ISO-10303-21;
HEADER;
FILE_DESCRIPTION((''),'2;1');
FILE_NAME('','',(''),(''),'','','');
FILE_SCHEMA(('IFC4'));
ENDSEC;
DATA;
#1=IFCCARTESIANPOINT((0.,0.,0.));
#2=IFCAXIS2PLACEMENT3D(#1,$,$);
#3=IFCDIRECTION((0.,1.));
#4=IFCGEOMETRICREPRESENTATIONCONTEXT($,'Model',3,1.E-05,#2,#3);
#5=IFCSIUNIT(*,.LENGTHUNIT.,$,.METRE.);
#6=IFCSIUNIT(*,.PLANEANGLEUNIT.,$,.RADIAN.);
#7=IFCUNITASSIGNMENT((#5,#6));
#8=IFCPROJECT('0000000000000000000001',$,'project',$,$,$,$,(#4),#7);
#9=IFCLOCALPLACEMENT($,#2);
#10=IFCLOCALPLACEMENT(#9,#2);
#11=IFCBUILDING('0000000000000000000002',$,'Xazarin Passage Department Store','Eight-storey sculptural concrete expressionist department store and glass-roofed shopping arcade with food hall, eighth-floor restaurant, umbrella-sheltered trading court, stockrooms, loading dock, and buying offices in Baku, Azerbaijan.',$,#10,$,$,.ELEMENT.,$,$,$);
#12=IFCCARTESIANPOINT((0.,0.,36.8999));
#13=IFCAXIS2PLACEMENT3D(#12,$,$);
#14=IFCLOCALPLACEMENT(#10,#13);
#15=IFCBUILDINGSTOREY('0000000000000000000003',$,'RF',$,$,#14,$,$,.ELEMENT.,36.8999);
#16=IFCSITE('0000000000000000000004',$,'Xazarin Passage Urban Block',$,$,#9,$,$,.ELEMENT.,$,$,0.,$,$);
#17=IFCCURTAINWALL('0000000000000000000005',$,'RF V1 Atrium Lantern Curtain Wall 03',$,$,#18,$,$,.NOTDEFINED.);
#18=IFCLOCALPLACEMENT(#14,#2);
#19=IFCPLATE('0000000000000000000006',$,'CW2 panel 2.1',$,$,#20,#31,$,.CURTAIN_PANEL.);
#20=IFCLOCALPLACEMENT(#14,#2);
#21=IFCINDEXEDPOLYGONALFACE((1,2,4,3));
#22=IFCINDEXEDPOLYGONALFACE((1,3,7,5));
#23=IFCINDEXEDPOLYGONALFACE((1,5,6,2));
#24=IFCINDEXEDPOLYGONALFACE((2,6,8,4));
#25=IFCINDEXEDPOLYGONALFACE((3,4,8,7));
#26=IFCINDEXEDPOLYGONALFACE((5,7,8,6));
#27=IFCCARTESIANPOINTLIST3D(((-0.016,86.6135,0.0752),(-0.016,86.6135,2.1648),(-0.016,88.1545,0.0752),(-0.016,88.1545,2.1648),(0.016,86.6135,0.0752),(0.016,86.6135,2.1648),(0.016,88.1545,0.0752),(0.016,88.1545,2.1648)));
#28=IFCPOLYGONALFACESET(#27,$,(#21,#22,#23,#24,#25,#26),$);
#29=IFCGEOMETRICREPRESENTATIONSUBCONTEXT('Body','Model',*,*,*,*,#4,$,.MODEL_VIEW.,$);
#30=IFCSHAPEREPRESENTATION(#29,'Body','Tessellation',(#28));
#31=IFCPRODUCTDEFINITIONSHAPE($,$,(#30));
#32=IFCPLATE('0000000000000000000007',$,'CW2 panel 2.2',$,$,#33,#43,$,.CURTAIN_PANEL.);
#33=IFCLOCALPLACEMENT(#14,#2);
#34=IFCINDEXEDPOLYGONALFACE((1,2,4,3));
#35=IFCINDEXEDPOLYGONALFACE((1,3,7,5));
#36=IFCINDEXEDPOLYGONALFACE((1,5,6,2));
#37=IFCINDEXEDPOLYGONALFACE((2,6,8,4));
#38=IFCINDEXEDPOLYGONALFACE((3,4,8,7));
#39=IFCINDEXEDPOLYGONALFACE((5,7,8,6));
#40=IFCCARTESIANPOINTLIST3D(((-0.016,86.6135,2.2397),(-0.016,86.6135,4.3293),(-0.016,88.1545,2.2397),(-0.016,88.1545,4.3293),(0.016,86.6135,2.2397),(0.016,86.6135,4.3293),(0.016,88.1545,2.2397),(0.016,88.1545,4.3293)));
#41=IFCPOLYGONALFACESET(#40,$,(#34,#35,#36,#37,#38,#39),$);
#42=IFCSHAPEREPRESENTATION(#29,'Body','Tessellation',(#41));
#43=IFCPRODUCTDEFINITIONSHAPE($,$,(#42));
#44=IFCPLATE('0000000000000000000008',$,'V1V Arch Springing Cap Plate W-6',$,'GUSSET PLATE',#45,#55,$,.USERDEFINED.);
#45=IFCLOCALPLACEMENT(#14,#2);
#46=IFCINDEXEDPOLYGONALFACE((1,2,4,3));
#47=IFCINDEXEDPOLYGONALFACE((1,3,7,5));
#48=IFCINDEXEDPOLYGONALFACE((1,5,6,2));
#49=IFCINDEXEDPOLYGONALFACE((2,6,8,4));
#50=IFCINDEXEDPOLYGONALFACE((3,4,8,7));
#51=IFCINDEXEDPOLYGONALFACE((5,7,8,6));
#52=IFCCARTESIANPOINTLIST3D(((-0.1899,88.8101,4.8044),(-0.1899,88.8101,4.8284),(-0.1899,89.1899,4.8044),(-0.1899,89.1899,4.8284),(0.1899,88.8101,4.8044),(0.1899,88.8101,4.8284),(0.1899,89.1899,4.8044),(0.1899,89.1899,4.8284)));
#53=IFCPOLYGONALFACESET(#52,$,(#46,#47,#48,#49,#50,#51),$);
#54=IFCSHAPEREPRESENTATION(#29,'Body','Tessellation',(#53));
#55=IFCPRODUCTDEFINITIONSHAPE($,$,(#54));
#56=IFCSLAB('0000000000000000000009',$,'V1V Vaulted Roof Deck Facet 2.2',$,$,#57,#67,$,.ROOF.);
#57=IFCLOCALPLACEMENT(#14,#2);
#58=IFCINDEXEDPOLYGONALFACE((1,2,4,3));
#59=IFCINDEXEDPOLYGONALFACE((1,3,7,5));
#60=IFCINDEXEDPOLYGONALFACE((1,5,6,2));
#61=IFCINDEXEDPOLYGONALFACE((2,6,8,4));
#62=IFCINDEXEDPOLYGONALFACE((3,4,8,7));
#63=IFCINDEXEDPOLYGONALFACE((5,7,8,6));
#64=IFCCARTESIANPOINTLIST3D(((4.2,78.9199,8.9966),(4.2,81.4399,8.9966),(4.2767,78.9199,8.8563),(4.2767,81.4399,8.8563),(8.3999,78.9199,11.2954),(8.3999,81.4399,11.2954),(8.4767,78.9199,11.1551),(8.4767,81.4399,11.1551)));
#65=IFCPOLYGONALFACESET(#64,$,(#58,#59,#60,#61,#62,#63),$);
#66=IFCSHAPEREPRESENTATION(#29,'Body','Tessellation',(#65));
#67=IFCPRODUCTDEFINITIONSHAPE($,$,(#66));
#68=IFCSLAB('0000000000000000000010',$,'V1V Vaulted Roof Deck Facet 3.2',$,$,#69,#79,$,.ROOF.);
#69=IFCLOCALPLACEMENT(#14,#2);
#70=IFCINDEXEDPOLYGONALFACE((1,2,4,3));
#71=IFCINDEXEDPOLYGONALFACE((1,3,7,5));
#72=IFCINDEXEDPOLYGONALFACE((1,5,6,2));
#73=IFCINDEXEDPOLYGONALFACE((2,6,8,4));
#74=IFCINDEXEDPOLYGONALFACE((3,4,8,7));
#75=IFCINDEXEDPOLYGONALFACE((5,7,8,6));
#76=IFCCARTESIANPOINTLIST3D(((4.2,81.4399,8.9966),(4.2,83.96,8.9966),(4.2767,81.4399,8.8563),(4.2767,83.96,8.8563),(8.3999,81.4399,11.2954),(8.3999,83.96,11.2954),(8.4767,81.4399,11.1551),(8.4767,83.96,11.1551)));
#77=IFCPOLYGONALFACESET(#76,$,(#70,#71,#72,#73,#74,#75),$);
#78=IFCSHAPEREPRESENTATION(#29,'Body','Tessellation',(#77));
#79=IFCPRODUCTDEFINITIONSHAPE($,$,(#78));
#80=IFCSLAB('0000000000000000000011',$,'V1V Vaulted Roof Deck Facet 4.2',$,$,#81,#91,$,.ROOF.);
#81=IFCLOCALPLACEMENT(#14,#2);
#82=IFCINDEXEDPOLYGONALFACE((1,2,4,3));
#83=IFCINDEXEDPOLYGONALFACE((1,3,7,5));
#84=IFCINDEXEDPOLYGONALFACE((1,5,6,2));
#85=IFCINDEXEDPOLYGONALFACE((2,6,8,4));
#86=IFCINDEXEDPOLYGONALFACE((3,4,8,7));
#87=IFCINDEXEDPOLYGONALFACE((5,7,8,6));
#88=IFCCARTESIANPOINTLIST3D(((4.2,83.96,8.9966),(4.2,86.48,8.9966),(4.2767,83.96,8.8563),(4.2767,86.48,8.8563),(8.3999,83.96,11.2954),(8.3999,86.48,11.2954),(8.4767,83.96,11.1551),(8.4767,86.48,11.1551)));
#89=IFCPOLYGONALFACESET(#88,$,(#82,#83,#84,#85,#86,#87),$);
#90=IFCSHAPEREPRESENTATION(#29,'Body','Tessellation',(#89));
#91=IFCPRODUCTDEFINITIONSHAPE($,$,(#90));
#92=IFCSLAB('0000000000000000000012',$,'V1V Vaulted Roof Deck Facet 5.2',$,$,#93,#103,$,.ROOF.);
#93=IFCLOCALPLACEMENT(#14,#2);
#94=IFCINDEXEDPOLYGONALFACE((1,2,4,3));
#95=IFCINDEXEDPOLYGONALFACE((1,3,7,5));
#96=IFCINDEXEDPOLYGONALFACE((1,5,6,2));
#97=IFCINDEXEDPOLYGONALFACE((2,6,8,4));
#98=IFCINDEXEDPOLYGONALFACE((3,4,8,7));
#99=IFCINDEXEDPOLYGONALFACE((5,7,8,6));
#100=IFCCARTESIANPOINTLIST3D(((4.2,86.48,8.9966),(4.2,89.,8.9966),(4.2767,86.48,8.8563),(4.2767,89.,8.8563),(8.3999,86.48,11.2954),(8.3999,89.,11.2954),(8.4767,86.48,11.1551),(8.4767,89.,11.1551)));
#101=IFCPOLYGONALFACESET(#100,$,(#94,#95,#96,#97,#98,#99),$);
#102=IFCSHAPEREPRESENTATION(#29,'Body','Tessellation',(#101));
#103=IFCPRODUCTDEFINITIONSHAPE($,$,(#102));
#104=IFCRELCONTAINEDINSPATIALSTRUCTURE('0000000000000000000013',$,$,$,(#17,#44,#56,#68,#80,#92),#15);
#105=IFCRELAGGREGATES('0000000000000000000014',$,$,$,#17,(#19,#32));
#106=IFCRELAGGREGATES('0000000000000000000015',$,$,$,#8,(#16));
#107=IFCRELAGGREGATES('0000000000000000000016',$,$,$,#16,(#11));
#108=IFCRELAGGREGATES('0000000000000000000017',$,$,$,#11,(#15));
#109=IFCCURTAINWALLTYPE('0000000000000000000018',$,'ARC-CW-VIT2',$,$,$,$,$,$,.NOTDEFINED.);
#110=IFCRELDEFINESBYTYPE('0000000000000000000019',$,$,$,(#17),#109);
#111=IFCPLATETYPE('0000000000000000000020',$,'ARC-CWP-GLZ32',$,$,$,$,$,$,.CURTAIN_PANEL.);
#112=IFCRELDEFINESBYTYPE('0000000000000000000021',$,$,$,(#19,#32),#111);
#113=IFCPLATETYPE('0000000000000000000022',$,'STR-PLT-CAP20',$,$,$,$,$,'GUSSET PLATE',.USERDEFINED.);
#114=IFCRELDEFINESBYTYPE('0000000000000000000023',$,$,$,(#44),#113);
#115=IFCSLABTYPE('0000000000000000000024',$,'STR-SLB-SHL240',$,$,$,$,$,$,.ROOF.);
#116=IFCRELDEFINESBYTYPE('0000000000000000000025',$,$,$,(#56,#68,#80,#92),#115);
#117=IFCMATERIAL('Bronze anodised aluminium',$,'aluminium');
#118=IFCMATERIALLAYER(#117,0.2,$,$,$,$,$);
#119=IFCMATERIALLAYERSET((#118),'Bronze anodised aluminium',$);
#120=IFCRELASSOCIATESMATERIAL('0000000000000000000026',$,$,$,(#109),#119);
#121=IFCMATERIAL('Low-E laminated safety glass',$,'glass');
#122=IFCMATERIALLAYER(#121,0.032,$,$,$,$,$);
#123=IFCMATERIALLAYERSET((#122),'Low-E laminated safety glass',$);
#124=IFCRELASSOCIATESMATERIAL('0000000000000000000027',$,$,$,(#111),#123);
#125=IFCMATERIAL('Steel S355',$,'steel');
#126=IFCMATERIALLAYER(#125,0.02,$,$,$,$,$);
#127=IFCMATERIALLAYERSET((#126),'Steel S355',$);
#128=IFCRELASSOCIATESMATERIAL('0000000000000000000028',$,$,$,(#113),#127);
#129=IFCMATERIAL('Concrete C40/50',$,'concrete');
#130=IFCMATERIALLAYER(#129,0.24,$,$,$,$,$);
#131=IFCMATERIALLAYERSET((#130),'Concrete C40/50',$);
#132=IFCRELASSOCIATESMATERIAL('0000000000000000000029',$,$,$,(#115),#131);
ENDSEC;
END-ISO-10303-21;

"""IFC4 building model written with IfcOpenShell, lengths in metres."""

from ifc_helpers import new_model, si_unit, direction, frame, origin, origin_2d, place, context, subcontext, project, spatial, polyline, rectangle, outline, extrude, material, layer, layer_set, type_object, element, aggregate, save


model = new_model("IFC4")

# Units and contexts
model_context = context("Model", 3, precision=1e-05, world=origin(), true_north=direction((0.0, 1.0)))
body_context = subcontext(model_context, "Body", "Model", "MODEL_VIEW")
ifc_project = project(units=[si_unit("LENGTHUNIT", "METRE"), si_unit("PLANEANGLEUNIT", "RADIAN")], contexts=[model_context])

# Site, building, storey
site_placement = place(None, origin())
site = spatial("IfcSite", under=ifc_project, at=site_placement, Name="Xazarin Passage Urban Block", CompositionType="ELEMENT", RefElevation=0.0)
building_placement = place(site_placement, origin())
building = spatial("IfcBuilding", under=site, at=building_placement, Name="Xazarin Passage Department Store", Description="Eight-storey sculptural concrete expressionist department store and glass-roofed shopping arcade with food hall, eighth-floor restaurant, umbrella-sheltered trading court, stockrooms, loading dock, and buying offices in Baku, Azerbaijan.", CompositionType="ELEMENT")
storey_placement = place(building_placement, frame((0.0, 0.0, 36.8999)))
storey = spatial("IfcBuildingStorey", under=building, at=storey_placement, Name="RF", CompositionType="ELEMENT", Elevation=36.8999)

# Curtain wall
ifc_material_1 = material(Name="Bronze anodised aluminium", Category="aluminium")
ifc_layer_1 = layer(ifc_material_1, 0.2)
ifc_layer_set_1 = layer_set([ifc_layer_1], Name="Bronze anodised aluminium")
curtain_wall_type = type_object("IfcCurtainWallType", Name="ARC-CW-VIT2", PredefinedType="NOTDEFINED", material=ifc_layer_set_1)
curtain_wall_placement = place(storey_placement, origin())
curtain_wall = element("IfcCurtainWall", 1, at=curtain_wall_placement, inside=storey, type_object=curtain_wall_type, Name="RF V1 Atrium Lantern Curtain Wall 03", PredefinedType="NOTDEFINED")

# Shared definitions
ifc_material_2 = material(Name="Steel S355", Category="steel")

# Plates
ifc_material_3 = material(Name="Low-E laminated safety glass", Category="glass")
ifc_layer_2 = layer(ifc_material_3, 0.032)
ifc_layer_set_2 = layer_set([ifc_layer_2], Name="Low-E laminated safety glass")
plate_type_1 = type_object("IfcPlateType", Name="ARC-CWP-GLZ32", PredefinedType="CURTAIN_PANEL", material=ifc_layer_set_2)
plate_1_placement = place(storey_placement, frame((0.0, 87.384, 0.0752), z_axis=(0.0, 0.0, 1.0), x_axis=(0.0, 1.0, 0.0)))
plate_1 = element("IfcPlate", 2, at=plate_1_placement, type_object=plate_type_1, Name="CW2 panel 2.1", PredefinedType="CURTAIN_PANEL", context=body_context, shape_type="SweptSolid", body=[
    extrude(rectangle(XDim=1.541, YDim=0.032, at=origin_2d()), origin(), (0.0, 0.0, 1.0), 2.0896),
])
plate_2_placement = place(storey_placement, frame((0.0, 87.384, 2.2397), z_axis=(0.0, 0.0, 1.0), x_axis=(0.0, 1.0, 0.0)))
plate_2 = element("IfcPlate", 3, at=plate_2_placement, type_object=plate_type_1, Name="CW2 panel 2.2", PredefinedType="CURTAIN_PANEL", context=body_context, shape_type="SweptSolid", body=[
    extrude(rectangle(XDim=1.541, YDim=0.032, at=origin_2d()), origin(), (0.0, 0.0, 1.0), 2.0896),
])
aggregate(curtain_wall, [plate_1, plate_2])
ifc_layer_3 = layer(ifc_material_2, 0.02)
ifc_layer_set_3 = layer_set([ifc_layer_3], Name="Steel S355")
plate_type_2 = type_object("IfcPlateType", Name="STR-PLT-CAP20", ElementType="GUSSET PLATE", PredefinedType="USERDEFINED", material=ifc_layer_set_3)
plate_3_placement = place(storey_placement, frame((0.0, 89.0, 4.8044), z_axis=(0.0, 0.0, 1.0), x_axis=(1.0, 0.0, 0.0)))
element("IfcPlate", 4, at=plate_3_placement, inside=storey, type_object=plate_type_2, Name="V1V Arch Springing Cap Plate W-6", ObjectType="GUSSET PLATE", PredefinedType="USERDEFINED", context=body_context, shape_type="SweptSolid", body=[
    extrude(rectangle(XDim=0.3799, YDim=0.3799, at=origin_2d()), origin(), (0.0, 0.0, 1.0), 0.0239),
])

# Slabs
ifc_material_4 = material(Name="Concrete C40/50", Category="concrete")
ifc_layer_4 = layer(ifc_material_4, 0.24)
ifc_layer_set_4 = layer_set([ifc_layer_4], Name="Concrete C40/50")
slab_type = type_object("IfcSlabType", Name="STR-SLB-SHL240", PredefinedType="ROOF", material=ifc_layer_set_4)
for number, where, z_axis, x_axis, name in (
    (5, (4.2, 78.9199, 8.9966), (-0.480131, 0.0, 0.877197), (0.877197, 0.0, 0.480131), "V1V Vaulted Roof Deck Facet 2.2"),
    (6, (4.2, 81.4399, 8.9966), (-0.480131, 0.0, 0.877197), (0.877197, 0.0, 0.480131), "V1V Vaulted Roof Deck Facet 3.2"),
    (7, (4.2, 83.96, 8.9966), (-0.480131, 0.0, 0.877197), (0.877197, 0.0, 0.480131), "V1V Vaulted Roof Deck Facet 4.2"),
    (8, (4.2, 86.48, 8.9966), (-0.480131, 0.0, 0.877197), (0.877197, 0.0, 0.480131), "V1V Vaulted Roof Deck Facet 5.2"),
):
    element("IfcSlab", number, at=place(storey_placement, frame(where, z_axis=z_axis, x_axis=x_axis)), inside=storey, type_object=slab_type, Name=name, PredefinedType="ROOF", context=body_context, shape_type="SweptSolid", body=[
        extrude(outline(polyline([(0.0, 0.0), (4.7879, 0.0), (4.7879, 2.52), (0.0, 2.52), (0.0, 0.0)])), origin(), (0.0, 0.0, -1.0), 0.1599),
    ])

save(model, "model.ifc")
